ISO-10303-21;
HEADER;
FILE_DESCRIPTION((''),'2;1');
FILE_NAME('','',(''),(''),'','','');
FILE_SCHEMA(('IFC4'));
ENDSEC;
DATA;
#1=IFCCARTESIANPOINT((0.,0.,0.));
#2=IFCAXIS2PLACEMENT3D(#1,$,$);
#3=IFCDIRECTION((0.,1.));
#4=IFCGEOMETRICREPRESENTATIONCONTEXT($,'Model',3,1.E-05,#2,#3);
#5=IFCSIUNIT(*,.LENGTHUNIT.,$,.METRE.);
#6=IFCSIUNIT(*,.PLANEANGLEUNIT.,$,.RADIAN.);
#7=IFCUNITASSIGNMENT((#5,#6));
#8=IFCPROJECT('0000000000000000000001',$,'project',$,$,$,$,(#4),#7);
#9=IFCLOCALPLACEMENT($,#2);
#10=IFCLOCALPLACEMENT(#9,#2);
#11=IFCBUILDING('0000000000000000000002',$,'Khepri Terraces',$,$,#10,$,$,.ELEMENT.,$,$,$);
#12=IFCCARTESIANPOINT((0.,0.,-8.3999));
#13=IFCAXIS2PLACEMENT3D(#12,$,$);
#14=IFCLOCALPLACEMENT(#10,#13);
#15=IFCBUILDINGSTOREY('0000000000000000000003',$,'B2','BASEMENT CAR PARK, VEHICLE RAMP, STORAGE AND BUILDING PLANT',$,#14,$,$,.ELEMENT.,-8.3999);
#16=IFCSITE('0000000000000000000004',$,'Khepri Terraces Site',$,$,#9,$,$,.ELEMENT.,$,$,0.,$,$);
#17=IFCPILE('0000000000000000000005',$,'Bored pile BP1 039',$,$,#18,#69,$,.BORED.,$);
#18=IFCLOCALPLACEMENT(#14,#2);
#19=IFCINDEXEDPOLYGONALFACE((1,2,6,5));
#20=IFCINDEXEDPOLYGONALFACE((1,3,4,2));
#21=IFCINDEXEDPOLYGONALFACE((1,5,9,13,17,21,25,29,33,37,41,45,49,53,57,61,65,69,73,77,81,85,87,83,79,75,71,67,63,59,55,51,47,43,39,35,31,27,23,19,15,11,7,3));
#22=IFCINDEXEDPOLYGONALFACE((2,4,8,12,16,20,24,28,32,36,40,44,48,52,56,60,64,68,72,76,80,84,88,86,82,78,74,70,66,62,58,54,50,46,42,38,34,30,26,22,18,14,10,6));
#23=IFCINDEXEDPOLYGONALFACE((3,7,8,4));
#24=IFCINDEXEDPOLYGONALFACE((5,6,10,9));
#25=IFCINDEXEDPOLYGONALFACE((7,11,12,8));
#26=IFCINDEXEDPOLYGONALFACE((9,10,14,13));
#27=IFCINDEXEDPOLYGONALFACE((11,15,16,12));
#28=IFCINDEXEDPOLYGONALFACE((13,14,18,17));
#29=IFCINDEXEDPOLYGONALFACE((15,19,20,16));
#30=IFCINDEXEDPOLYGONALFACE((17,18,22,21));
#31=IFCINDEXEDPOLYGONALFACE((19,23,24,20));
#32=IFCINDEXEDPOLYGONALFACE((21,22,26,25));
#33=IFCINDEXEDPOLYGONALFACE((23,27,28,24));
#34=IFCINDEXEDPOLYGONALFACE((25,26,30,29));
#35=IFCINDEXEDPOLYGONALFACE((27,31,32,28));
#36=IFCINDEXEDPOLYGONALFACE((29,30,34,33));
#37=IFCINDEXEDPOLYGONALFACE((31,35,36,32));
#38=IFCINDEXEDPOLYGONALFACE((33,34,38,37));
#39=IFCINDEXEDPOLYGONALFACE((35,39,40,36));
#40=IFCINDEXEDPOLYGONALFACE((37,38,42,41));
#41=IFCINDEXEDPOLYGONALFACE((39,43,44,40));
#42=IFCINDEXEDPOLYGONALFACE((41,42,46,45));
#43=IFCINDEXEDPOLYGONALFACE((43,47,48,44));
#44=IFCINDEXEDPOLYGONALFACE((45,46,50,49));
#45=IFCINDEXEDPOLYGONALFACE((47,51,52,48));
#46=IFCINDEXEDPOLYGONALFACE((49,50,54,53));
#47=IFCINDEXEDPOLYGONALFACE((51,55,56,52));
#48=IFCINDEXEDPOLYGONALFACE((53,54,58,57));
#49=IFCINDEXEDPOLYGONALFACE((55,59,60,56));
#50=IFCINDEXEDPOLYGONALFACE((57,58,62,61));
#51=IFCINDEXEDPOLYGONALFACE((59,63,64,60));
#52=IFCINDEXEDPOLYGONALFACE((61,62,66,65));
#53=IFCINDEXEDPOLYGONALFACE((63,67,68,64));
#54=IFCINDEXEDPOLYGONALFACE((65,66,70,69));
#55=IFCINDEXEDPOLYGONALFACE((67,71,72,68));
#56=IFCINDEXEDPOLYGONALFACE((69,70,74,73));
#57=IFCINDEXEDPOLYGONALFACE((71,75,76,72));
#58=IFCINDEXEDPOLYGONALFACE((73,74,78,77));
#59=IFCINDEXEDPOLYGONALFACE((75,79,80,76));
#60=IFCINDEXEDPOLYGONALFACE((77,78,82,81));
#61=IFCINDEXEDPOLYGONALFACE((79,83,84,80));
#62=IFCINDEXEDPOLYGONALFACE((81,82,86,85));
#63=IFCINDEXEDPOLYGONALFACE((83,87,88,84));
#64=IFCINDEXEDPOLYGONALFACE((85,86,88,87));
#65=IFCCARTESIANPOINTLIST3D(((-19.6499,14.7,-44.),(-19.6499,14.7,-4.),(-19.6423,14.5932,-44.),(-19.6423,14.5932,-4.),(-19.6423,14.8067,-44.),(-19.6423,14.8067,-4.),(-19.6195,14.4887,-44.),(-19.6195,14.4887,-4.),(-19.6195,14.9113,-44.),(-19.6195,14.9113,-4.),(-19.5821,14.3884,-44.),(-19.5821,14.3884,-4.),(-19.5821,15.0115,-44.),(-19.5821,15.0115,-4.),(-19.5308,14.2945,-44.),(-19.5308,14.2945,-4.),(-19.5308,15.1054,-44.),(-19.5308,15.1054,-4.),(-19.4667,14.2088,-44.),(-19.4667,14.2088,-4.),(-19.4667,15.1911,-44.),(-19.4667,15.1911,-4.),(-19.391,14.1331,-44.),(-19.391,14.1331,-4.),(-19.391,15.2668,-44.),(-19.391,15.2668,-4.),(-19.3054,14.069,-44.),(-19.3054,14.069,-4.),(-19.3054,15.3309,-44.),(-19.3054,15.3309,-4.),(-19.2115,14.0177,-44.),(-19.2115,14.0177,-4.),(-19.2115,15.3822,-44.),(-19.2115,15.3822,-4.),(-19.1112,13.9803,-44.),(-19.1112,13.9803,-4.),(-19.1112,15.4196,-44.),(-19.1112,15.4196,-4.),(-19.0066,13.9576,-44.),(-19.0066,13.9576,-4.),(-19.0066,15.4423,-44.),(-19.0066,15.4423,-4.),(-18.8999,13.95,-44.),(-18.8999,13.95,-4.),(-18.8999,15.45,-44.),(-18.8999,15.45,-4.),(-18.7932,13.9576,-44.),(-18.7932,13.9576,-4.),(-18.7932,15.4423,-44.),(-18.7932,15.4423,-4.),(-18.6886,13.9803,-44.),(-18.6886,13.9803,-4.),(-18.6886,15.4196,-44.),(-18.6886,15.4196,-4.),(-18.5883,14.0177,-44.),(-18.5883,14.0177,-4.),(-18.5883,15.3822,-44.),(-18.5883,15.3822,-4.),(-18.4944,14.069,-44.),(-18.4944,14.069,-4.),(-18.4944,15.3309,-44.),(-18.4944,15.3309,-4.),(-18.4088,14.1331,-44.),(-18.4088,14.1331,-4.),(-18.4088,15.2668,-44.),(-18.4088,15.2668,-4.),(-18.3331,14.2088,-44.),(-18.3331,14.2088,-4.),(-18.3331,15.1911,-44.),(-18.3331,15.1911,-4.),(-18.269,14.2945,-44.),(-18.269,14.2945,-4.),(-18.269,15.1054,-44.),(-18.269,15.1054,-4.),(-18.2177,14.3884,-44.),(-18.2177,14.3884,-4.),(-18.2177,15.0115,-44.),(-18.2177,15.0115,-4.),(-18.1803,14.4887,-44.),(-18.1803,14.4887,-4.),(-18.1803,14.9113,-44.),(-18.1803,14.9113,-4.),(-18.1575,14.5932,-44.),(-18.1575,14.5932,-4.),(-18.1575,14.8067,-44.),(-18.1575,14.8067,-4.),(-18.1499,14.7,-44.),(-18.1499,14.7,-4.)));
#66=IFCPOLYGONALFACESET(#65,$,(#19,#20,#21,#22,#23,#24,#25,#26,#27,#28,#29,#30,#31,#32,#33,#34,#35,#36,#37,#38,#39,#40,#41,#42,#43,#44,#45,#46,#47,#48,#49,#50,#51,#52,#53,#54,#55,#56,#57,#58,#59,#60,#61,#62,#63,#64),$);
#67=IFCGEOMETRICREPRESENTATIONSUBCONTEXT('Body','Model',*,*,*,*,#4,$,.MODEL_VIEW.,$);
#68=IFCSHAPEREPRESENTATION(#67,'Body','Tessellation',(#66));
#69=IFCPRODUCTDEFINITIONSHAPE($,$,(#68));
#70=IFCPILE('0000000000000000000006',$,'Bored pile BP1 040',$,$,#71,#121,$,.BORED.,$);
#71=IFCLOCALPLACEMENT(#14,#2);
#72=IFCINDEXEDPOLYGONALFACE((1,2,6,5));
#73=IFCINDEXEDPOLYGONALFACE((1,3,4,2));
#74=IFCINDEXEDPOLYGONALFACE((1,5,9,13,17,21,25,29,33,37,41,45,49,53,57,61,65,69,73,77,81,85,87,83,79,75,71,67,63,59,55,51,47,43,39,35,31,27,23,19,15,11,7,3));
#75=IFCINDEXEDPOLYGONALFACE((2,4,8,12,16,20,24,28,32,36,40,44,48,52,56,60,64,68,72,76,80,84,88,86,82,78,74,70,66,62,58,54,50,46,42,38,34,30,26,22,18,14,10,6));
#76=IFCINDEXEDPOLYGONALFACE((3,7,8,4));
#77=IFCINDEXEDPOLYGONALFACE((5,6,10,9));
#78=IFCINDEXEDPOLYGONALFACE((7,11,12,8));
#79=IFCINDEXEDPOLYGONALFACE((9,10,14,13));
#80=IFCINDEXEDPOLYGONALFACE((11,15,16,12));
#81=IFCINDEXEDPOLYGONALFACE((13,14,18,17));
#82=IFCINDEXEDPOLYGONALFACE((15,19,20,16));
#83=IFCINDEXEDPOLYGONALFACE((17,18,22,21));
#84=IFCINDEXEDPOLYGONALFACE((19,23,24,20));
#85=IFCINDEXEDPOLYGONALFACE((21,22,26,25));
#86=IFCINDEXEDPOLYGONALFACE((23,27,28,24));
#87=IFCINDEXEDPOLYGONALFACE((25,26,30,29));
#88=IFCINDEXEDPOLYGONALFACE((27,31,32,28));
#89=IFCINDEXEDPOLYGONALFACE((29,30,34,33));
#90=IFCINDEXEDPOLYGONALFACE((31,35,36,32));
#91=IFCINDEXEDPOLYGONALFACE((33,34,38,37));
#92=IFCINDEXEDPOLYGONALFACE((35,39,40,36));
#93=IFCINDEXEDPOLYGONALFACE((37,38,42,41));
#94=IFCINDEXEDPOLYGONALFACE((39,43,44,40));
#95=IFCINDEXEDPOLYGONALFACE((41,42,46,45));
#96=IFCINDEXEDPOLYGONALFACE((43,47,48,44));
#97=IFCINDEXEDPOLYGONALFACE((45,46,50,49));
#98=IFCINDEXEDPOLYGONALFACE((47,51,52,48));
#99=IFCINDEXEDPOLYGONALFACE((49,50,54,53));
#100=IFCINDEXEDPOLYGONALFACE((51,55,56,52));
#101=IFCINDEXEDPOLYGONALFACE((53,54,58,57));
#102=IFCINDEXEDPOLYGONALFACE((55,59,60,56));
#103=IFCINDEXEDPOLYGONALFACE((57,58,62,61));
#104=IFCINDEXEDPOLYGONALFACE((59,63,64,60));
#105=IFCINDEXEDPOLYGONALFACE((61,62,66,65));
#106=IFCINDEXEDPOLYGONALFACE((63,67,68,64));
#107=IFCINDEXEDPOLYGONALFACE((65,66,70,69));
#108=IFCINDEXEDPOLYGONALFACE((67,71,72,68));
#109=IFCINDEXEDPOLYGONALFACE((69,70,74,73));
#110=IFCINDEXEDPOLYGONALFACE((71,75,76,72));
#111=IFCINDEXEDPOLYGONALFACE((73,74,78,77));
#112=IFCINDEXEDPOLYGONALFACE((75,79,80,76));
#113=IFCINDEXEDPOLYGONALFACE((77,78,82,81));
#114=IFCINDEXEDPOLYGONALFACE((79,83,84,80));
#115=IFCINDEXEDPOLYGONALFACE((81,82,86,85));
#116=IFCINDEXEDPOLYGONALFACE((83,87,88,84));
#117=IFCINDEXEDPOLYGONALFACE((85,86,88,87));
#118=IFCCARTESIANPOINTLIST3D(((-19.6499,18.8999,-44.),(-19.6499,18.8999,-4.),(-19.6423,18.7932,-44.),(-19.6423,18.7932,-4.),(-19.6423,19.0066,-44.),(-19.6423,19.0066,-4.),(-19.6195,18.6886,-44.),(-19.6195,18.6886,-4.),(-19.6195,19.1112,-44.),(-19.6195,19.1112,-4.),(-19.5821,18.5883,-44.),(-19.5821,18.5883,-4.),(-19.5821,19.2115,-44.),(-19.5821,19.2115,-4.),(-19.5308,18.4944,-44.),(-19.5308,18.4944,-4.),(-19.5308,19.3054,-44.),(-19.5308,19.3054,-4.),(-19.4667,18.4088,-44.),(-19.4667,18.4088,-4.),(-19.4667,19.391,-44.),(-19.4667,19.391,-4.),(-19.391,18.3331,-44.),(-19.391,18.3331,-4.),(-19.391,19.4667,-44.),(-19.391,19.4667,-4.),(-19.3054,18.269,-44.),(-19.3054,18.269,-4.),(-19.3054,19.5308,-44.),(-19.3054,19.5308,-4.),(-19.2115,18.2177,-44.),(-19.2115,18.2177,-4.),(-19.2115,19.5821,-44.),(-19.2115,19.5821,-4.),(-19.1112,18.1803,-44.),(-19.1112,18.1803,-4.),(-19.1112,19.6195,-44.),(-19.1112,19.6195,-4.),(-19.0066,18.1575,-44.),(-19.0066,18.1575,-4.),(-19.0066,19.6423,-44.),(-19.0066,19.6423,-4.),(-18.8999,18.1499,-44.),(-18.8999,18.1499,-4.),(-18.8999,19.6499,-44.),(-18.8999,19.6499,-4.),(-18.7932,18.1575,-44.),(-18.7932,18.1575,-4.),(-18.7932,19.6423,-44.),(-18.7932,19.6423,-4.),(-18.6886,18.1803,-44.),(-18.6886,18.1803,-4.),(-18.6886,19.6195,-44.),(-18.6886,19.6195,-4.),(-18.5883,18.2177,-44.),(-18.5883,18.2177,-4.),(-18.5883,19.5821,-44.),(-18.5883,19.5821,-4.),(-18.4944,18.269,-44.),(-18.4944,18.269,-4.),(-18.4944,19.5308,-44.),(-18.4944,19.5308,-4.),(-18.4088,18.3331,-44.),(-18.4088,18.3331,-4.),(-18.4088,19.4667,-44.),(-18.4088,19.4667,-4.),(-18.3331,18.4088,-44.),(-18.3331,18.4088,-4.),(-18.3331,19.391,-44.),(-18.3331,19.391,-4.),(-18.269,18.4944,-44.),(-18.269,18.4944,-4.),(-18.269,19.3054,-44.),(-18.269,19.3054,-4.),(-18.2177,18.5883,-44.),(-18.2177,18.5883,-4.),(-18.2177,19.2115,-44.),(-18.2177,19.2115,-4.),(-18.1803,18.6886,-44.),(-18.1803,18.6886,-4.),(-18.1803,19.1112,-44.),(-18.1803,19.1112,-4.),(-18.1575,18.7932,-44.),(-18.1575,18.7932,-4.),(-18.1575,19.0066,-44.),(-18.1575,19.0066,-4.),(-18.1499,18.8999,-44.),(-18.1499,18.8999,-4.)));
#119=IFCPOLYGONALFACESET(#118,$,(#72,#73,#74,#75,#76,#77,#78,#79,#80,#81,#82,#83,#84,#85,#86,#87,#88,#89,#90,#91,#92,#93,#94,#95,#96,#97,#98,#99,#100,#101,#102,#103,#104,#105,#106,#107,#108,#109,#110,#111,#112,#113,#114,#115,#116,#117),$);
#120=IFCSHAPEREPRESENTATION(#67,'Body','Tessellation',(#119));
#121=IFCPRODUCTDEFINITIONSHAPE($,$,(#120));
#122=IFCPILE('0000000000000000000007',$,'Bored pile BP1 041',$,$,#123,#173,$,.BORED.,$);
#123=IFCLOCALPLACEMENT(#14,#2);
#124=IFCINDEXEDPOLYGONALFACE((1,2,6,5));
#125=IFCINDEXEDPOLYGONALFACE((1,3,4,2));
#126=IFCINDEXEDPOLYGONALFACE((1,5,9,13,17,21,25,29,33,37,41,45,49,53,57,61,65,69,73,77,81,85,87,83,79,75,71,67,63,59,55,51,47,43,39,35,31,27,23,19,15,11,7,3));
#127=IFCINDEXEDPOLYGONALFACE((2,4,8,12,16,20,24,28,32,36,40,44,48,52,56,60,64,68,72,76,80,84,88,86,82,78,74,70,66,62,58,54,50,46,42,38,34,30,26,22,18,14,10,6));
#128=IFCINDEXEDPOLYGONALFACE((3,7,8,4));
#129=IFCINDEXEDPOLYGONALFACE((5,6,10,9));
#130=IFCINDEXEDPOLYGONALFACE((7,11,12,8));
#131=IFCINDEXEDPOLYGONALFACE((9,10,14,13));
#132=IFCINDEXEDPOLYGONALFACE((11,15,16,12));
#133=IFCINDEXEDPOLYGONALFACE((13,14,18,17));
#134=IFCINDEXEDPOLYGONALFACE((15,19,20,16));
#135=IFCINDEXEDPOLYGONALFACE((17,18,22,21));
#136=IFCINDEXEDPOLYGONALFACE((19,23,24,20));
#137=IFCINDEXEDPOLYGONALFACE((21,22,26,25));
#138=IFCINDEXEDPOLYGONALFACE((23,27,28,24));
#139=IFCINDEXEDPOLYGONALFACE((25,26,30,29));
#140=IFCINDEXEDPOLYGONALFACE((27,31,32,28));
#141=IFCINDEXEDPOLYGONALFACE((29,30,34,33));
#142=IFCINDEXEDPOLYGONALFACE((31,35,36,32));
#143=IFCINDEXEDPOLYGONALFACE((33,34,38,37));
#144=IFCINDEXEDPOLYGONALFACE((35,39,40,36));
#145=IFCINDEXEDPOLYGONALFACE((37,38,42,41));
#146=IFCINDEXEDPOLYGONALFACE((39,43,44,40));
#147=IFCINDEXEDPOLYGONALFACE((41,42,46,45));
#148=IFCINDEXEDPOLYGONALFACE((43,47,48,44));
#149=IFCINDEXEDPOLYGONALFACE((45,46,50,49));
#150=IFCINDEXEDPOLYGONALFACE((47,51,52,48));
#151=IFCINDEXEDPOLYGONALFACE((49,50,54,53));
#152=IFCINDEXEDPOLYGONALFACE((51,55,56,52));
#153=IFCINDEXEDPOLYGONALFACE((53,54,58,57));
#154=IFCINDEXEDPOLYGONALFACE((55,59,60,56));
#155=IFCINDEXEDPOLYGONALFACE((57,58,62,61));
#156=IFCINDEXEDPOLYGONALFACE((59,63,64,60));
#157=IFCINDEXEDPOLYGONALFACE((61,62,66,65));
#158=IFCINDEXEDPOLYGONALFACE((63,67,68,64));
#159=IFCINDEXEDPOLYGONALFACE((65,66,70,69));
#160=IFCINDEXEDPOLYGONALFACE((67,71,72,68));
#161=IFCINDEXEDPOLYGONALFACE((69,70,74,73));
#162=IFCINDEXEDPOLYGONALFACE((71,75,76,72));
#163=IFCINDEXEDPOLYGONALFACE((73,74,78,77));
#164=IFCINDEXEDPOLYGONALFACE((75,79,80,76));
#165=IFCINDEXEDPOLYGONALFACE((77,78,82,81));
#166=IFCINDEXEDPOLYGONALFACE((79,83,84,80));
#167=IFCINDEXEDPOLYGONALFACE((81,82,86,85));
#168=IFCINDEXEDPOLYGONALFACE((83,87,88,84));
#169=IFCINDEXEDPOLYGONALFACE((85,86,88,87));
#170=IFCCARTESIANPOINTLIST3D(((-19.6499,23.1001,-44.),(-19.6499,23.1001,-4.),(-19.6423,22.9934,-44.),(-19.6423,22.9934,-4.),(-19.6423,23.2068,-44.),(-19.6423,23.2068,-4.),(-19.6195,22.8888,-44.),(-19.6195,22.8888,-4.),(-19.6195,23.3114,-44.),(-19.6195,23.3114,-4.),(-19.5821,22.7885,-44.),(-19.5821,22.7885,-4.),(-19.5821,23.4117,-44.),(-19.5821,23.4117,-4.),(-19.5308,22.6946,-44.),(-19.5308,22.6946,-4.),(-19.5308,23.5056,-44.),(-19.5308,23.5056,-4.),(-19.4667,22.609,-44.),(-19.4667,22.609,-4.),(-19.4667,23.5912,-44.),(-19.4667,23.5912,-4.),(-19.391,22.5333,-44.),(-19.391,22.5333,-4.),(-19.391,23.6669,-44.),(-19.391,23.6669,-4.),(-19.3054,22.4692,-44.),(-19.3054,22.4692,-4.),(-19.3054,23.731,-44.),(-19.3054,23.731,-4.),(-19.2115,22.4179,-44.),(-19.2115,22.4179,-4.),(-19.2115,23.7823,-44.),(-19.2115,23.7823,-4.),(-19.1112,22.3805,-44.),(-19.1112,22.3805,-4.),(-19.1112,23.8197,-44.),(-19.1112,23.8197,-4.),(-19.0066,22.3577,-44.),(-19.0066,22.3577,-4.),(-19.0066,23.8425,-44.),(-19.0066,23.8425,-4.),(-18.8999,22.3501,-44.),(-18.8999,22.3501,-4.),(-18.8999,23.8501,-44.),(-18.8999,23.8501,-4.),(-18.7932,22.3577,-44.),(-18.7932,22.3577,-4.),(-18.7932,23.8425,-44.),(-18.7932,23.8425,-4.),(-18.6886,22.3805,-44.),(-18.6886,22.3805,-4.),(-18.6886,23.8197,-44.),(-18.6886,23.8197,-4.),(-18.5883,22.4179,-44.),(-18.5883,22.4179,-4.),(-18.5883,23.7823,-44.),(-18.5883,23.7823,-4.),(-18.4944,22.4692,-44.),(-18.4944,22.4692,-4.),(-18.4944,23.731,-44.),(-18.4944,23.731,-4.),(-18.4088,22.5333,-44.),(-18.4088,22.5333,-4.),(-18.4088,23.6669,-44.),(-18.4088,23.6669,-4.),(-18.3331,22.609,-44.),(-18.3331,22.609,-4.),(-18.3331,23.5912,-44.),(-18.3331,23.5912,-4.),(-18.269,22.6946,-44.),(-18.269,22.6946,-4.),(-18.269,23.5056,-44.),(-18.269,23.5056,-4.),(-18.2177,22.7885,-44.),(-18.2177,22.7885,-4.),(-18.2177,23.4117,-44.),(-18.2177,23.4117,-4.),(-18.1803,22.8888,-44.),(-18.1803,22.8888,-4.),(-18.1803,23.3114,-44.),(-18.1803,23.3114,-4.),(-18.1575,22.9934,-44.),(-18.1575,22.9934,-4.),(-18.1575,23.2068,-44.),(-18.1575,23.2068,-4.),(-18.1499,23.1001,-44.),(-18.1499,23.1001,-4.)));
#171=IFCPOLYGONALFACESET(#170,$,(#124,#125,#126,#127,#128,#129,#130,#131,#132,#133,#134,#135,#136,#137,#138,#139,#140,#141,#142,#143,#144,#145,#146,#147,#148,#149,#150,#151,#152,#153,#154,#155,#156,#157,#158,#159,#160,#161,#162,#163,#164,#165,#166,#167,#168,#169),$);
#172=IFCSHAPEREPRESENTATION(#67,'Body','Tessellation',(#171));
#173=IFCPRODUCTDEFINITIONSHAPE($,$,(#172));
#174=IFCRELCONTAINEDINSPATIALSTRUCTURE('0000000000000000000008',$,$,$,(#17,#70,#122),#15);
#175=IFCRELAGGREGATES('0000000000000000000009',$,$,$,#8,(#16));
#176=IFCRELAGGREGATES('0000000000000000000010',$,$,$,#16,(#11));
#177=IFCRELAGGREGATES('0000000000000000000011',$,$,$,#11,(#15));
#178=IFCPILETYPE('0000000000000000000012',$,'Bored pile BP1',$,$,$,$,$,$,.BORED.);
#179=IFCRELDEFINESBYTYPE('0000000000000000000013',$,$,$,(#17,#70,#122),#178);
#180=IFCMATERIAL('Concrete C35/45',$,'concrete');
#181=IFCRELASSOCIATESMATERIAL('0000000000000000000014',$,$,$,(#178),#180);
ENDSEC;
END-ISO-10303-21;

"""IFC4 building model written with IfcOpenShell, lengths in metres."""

from ifc_helpers import new_model, si_unit, direction, frame, origin, origin_2d, place, context, subcontext, project, spatial, circle, extrude, material, material_profile, profile_set, type_object, element, save


model = new_model("IFC4")

# Units and contexts
model_context = context("Model", 3, precision=1e-05, world=origin(), true_north=direction((0.0, 1.0)))
body_context = subcontext(model_context, "Body", "Model", "MODEL_VIEW")
ifc_project = project(units=[si_unit("LENGTHUNIT", "METRE"), si_unit("PLANEANGLEUNIT", "RADIAN")], contexts=[model_context])

# Site, building, storey
site_placement = place(None, origin())
site = spatial("IfcSite", under=ifc_project, at=site_placement, Name="Khepri Terraces Site", CompositionType="ELEMENT", RefElevation=0.0)
building_placement = place(site_placement, origin())
building = spatial("IfcBuilding", under=site, at=building_placement, Name="Khepri Terraces", CompositionType="ELEMENT")
storey_placement = place(building_placement, frame((0.0, 0.0, -8.3999)))
storey = spatial("IfcBuildingStorey", under=building, at=storey_placement, Name="B2", Description="BASEMENT CAR PARK, VEHICLE RAMP, STORAGE AND BUILDING PLANT", CompositionType="ELEMENT", Elevation=-8.3999)

# Piles
ifc_material_1 = material(Name="Concrete C35/45", Category="concrete")
ifc_material_profile_1 = material_profile(ifc_material_1, circle(Radius=0.75, at=origin_2d()), Name="Concrete C35/45", Category="concrete")
ifc_profile_set_1 = profile_set([ifc_material_profile_1], Name="Concrete C35/45")
pile_type = type_object("IfcPileType", Name="Bored pile BP1", PredefinedType="BORED", material=ifc_profile_set_1)
for number, where, z_axis, x_axis, name in (
    (1, (-18.8999, 14.7, -4.0), (0.0, 0.0, -1.0), (1.0, 0.0, 0.0), "Bored pile BP1 039"),
    (2, (-18.8999, 18.8999, -4.0), (0.0, 0.0, -1.0), (1.0, 0.0, 0.0), "Bored pile BP1 040"),
    (3, (-18.8999, 23.1001, -4.0), (0.0, 0.0, -1.0), (1.0, 0.0, 0.0), "Bored pile BP1 041"),
):
    element("IfcPile", number, at=place(storey_placement, frame(where, z_axis=z_axis, x_axis=x_axis)), inside=storey, type_object=pile_type, Name=name, PredefinedType="BORED", context=body_context, shape_type="SweptSolid", body=[
        extrude(circle(Radius=0.75, at=origin_2d()), origin(), (0.0, 0.0, 1.0), 40.0),
    ])

save(model, "model.ifc")
